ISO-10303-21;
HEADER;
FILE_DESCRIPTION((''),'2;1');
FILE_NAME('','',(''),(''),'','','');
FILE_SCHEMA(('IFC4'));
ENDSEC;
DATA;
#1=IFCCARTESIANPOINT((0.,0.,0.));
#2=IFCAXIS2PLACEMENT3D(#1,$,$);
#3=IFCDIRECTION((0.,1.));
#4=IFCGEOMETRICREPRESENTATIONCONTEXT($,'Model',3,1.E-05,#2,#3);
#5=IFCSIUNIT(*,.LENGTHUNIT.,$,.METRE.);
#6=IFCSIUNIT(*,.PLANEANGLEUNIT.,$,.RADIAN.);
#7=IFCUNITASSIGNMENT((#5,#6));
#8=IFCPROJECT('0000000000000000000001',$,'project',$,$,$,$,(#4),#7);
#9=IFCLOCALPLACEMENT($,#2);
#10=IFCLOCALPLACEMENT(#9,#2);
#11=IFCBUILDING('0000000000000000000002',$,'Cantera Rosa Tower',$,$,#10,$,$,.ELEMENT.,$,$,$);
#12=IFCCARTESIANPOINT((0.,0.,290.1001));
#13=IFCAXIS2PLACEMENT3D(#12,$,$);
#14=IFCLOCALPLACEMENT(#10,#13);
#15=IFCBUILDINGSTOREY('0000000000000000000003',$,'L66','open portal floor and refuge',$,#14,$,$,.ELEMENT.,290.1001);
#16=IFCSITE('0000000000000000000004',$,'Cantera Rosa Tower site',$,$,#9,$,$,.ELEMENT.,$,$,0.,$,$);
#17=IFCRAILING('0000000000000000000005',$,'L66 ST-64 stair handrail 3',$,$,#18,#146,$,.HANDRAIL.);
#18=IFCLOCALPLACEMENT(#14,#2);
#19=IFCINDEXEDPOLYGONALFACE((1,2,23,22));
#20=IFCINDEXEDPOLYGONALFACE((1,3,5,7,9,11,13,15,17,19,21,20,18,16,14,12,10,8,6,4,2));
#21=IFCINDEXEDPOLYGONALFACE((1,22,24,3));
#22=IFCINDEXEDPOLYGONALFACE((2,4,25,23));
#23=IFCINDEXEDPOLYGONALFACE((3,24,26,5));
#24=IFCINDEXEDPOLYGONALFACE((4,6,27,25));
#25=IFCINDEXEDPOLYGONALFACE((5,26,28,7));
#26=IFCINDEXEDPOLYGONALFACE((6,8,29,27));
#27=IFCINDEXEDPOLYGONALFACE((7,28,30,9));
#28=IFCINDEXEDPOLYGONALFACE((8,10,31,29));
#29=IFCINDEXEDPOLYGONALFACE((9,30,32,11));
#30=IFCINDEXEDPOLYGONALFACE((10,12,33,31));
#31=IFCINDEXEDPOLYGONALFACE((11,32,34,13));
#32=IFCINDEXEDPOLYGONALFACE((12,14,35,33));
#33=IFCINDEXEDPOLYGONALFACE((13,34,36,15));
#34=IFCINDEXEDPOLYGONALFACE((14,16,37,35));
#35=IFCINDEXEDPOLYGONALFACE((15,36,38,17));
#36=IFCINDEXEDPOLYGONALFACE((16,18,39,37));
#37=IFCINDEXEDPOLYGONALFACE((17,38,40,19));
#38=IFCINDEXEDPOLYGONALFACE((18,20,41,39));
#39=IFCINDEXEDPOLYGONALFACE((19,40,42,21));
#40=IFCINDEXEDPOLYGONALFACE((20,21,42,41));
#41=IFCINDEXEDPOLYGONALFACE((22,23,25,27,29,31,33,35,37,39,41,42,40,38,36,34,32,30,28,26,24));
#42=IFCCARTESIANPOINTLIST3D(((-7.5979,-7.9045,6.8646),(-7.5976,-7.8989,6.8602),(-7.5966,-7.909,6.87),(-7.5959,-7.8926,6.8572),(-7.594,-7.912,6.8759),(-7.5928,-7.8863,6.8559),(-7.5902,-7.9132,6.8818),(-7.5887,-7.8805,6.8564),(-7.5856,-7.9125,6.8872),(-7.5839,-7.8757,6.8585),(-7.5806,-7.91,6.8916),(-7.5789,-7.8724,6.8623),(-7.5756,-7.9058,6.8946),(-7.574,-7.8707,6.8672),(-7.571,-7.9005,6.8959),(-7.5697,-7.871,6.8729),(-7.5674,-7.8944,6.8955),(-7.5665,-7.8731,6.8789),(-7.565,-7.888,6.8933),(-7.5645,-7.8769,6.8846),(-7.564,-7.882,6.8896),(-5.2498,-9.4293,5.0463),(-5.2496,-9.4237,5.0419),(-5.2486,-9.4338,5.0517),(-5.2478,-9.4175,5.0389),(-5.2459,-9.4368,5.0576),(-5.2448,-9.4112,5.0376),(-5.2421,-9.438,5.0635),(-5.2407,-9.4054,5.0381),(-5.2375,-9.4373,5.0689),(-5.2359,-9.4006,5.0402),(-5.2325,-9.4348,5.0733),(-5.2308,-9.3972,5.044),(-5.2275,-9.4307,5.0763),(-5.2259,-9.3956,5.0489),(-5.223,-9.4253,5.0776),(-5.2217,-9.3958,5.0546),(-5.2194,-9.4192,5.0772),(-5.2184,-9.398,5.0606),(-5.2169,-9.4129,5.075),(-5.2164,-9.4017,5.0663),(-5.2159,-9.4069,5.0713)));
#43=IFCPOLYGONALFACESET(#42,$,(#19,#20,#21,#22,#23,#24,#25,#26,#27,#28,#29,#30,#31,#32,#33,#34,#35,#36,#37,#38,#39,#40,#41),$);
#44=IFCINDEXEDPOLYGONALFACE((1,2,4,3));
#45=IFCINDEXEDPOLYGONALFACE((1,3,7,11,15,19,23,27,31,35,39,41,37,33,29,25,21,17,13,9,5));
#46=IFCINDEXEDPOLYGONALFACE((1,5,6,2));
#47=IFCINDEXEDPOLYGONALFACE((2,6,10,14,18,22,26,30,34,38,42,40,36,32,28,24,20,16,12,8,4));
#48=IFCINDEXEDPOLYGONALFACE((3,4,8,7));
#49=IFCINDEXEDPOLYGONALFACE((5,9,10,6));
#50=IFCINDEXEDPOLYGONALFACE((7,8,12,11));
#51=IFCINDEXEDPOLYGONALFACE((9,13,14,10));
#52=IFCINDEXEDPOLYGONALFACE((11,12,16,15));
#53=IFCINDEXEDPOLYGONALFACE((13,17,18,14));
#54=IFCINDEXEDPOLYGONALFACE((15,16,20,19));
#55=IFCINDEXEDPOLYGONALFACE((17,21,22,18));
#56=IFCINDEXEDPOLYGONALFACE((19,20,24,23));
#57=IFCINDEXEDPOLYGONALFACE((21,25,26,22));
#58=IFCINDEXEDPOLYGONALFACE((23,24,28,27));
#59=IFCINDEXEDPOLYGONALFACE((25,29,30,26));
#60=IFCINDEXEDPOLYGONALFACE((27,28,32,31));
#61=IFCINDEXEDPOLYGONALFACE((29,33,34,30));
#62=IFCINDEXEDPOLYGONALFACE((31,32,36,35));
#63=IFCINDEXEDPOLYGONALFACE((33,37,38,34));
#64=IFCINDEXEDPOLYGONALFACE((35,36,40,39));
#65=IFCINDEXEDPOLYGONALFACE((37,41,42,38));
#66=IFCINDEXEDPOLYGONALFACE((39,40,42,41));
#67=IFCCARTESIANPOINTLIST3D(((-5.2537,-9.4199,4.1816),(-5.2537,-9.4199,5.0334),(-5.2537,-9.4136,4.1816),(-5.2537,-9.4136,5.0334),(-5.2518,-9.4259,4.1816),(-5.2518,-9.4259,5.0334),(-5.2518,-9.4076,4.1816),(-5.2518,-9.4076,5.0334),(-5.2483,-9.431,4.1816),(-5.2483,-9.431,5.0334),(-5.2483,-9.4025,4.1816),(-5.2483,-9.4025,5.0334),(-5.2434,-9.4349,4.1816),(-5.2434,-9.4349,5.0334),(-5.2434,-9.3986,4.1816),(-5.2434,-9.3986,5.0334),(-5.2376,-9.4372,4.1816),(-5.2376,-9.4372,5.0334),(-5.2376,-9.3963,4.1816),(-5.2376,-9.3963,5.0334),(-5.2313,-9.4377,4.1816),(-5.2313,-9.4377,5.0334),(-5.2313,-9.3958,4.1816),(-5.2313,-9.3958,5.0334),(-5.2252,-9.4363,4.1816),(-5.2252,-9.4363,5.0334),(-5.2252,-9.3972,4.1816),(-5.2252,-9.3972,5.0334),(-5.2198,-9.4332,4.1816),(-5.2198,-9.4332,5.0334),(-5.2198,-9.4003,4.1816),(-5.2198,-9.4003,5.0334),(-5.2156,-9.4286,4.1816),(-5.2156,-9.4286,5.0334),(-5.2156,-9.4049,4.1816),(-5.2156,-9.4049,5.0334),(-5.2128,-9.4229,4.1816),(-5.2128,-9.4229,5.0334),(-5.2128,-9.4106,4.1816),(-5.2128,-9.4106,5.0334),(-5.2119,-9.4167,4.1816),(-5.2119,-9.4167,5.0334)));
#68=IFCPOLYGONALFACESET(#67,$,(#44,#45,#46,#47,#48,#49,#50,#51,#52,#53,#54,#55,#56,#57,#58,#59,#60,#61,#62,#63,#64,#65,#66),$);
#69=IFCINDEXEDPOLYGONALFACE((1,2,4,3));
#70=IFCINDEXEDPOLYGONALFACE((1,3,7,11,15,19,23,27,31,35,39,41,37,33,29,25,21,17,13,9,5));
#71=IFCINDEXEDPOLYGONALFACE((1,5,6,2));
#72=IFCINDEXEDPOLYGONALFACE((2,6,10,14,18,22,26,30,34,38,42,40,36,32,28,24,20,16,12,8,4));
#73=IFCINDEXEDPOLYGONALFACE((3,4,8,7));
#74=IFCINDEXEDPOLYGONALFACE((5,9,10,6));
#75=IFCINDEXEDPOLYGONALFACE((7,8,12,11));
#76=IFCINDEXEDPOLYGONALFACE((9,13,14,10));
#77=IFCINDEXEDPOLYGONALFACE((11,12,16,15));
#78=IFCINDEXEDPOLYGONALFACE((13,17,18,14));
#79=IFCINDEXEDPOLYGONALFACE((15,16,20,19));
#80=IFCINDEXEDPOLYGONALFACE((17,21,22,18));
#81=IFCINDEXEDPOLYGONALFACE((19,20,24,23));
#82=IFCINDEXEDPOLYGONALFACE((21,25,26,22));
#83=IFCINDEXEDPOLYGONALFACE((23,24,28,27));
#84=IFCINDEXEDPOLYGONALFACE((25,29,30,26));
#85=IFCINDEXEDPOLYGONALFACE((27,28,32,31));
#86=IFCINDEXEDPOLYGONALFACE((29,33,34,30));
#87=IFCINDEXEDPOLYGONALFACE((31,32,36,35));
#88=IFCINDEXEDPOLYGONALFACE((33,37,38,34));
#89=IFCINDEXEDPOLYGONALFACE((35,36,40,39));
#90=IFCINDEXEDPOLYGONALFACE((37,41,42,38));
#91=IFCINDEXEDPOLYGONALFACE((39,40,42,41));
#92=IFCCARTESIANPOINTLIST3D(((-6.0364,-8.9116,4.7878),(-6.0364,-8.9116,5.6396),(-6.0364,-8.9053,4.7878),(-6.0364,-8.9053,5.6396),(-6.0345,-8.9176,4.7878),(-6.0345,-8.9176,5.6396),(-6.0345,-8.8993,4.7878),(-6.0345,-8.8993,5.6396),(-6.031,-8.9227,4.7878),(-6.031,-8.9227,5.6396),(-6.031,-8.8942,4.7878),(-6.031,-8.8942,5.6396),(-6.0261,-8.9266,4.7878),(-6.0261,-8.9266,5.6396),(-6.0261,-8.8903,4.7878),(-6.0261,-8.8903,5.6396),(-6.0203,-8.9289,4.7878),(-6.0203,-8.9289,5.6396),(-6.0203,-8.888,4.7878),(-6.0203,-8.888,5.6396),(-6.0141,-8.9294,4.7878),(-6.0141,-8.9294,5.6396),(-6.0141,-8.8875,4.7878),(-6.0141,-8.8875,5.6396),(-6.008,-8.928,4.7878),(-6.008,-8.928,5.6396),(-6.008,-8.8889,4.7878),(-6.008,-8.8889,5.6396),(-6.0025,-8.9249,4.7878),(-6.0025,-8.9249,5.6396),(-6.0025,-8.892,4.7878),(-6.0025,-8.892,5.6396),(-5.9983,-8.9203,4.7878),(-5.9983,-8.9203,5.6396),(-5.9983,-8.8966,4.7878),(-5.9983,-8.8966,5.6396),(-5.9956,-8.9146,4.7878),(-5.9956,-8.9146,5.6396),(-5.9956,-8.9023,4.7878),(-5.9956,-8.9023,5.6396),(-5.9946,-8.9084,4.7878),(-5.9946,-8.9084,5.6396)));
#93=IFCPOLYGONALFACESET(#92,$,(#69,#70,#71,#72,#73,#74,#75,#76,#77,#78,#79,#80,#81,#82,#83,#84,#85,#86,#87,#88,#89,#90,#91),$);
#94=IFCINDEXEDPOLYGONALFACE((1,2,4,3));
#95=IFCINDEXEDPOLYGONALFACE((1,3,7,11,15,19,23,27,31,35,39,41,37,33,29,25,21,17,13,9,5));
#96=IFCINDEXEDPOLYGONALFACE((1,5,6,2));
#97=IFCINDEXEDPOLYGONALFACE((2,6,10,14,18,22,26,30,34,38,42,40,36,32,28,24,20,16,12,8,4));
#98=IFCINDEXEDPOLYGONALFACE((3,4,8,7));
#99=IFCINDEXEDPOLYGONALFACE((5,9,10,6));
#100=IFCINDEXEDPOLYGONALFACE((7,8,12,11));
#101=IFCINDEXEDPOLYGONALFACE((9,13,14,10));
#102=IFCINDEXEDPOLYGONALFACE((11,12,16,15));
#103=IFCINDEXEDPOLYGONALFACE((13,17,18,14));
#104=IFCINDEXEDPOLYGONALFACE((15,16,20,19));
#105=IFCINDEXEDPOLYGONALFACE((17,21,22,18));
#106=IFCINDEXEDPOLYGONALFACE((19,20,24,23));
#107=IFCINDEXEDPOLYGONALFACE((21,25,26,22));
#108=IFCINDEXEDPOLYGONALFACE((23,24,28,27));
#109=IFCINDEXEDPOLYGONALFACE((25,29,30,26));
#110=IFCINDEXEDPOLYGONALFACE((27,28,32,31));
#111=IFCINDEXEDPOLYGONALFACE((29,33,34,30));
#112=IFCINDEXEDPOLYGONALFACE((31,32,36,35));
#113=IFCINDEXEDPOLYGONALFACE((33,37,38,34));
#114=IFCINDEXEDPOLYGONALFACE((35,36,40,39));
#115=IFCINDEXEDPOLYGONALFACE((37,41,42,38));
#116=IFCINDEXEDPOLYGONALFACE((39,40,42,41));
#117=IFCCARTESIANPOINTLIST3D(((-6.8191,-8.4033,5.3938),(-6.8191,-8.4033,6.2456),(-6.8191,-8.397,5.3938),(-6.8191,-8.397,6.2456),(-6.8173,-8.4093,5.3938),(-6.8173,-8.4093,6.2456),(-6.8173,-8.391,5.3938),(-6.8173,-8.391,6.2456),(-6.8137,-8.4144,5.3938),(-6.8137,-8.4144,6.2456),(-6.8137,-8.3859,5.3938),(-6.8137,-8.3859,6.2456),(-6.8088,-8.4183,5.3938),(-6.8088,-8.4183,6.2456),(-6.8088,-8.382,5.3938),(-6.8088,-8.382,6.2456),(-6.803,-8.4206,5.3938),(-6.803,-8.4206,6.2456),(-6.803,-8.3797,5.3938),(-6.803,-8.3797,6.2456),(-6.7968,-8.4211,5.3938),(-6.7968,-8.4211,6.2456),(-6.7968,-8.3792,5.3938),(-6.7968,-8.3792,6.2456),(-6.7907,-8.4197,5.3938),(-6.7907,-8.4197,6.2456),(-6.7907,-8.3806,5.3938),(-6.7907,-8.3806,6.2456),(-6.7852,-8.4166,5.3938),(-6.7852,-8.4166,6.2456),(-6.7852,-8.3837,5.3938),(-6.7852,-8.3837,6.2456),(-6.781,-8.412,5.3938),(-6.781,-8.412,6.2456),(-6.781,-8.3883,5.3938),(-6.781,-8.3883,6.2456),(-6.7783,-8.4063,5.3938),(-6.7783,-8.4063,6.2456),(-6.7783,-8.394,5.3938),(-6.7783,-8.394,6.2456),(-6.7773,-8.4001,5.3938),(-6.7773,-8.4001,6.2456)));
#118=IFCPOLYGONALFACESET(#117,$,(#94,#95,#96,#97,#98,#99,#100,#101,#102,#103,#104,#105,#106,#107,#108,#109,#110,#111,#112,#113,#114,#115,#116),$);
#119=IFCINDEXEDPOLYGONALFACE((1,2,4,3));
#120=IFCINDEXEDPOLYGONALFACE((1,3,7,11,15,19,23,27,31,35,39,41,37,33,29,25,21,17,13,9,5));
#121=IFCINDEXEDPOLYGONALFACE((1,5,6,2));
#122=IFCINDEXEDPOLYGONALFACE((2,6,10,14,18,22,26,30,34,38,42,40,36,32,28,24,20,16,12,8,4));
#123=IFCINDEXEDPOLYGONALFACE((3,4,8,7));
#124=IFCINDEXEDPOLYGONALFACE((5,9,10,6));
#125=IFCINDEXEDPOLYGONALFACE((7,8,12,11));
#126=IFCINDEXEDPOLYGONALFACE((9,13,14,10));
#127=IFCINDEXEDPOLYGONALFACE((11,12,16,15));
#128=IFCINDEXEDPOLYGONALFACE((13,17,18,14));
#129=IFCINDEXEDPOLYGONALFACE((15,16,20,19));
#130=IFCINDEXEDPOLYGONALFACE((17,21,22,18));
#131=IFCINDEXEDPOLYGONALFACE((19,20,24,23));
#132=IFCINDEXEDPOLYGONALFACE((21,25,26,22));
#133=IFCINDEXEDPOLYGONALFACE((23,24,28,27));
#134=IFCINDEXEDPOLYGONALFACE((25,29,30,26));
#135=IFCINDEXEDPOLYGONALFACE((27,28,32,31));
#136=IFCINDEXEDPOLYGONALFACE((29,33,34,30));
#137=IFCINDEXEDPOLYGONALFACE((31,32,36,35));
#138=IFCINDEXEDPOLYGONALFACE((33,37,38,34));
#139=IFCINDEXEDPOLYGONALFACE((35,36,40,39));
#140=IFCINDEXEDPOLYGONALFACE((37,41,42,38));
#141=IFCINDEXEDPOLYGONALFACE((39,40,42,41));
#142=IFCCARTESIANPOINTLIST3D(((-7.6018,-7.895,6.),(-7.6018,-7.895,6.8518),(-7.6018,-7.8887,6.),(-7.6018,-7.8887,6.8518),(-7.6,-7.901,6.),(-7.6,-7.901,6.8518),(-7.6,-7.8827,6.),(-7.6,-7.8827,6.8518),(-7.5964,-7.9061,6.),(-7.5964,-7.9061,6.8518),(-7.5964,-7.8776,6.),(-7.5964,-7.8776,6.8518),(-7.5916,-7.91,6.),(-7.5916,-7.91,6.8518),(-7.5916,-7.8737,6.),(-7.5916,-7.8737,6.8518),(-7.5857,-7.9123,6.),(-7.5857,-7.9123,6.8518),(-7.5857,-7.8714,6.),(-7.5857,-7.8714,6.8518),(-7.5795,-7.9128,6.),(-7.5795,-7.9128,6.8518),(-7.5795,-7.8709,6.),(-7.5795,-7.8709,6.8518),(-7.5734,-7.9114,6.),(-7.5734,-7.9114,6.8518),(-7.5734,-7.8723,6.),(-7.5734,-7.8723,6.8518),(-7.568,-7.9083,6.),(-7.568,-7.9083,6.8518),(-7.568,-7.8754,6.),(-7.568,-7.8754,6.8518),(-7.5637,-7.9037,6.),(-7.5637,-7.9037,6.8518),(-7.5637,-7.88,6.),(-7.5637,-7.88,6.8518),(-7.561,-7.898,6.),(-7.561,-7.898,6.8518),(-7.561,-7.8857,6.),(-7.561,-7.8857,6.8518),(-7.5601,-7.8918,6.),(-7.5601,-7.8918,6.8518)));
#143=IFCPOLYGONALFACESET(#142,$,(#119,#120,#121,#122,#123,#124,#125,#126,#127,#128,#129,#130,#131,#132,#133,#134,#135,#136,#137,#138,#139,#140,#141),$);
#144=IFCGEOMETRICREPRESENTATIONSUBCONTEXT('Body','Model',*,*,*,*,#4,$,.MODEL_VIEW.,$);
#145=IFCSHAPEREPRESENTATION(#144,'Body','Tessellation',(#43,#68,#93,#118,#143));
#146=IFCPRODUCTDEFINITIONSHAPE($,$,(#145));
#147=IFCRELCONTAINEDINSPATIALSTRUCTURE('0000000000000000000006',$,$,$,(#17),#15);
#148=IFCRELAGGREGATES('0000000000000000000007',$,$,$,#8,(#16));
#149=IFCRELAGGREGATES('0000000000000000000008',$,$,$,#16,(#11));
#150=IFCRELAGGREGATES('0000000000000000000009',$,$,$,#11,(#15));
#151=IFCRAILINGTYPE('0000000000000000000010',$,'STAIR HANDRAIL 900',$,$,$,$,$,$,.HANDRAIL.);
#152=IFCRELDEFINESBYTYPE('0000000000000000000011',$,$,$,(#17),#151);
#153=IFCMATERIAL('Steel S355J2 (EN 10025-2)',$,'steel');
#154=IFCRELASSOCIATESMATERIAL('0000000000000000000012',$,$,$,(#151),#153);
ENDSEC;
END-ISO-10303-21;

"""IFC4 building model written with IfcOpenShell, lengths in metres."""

from ifc_helpers import new_model, si_unit, direction, frame, origin, origin_2d, place, context, subcontext, project, spatial, circle, extrude, material, type_object, element, save


model = new_model("IFC4")

# Units and contexts
model_context = context("Model", 3, precision=1e-05, world=origin(), true_north=direction((0.0, 1.0)))
body_context = subcontext(model_context, "Body", "Model", "MODEL_VIEW")
ifc_project = project(units=[si_unit("LENGTHUNIT", "METRE"), si_unit("PLANEANGLEUNIT", "RADIAN")], contexts=[model_context])

# Site, building, storey
site_placement = place(None, origin())
site = spatial("IfcSite", under=ifc_project, at=site_placement, Name="Cantera Rosa Tower site", CompositionType="ELEMENT", RefElevation=0.0)
building_placement = place(site_placement, origin())
building = spatial("IfcBuilding", under=site, at=building_placement, Name="Cantera Rosa Tower", CompositionType="ELEMENT")
storey_placement = place(building_placement, frame((0.0, 0.0, 290.1001)))
storey = spatial("IfcBuildingStorey", under=building, at=storey_placement, Name="L66", Description="open portal floor and refuge", CompositionType="ELEMENT", Elevation=290.1001)

# Railing
ifc_material_1 = material(Name="Steel S355J2 (EN 10025-2)", Category="steel")
railing_type_1 = type_object("IfcRailingType", Name="STAIR HANDRAIL 900", PredefinedType="HANDRAIL", material=ifc_material_1)
for number, where, name in (
    (1, (-5.2329, -9.4167, 4.1816), "L66 ST-64 stair handrail 3"),
):
    element("IfcRailing", number, at=place(storey_placement, frame(where)), inside=storey, type_object=railing_type_1, Name=name, PredefinedType="HANDRAIL", context=body_context, shape_type="SweptSolid", body=[
        extrude(circle(Radius=0.0239, at=origin_2d()), frame((0.0, 0.0, 0.876), z_axis=(-0.703354, 0.456764, 0.544665), x_axis=(-0.544639, -0.838671, 0.0)), (0.0, 0.0, 1.0), 3.3384),
        extrude(circle(Radius=0.021, at=origin_2d()), origin(), (0.0, 0.0, 1.0), 0.8518),
        extrude(circle(Radius=0.021, at=origin_2d()), frame((-0.7827, 0.5083, 0.6062)), (0.0, 0.0, 1.0), 0.8518),
        extrude(circle(Radius=0.021, at=origin_2d()), frame((-1.5654, 1.0166, 1.2122)), (0.0, 0.0, 1.0), 0.8518),
        extrude(circle(Radius=0.021, at=origin_2d()), frame((-2.3481, 1.5249, 1.8184)), (0.0, 0.0, 1.0), 0.8518),
    ])

save(model, "model.ifc")
